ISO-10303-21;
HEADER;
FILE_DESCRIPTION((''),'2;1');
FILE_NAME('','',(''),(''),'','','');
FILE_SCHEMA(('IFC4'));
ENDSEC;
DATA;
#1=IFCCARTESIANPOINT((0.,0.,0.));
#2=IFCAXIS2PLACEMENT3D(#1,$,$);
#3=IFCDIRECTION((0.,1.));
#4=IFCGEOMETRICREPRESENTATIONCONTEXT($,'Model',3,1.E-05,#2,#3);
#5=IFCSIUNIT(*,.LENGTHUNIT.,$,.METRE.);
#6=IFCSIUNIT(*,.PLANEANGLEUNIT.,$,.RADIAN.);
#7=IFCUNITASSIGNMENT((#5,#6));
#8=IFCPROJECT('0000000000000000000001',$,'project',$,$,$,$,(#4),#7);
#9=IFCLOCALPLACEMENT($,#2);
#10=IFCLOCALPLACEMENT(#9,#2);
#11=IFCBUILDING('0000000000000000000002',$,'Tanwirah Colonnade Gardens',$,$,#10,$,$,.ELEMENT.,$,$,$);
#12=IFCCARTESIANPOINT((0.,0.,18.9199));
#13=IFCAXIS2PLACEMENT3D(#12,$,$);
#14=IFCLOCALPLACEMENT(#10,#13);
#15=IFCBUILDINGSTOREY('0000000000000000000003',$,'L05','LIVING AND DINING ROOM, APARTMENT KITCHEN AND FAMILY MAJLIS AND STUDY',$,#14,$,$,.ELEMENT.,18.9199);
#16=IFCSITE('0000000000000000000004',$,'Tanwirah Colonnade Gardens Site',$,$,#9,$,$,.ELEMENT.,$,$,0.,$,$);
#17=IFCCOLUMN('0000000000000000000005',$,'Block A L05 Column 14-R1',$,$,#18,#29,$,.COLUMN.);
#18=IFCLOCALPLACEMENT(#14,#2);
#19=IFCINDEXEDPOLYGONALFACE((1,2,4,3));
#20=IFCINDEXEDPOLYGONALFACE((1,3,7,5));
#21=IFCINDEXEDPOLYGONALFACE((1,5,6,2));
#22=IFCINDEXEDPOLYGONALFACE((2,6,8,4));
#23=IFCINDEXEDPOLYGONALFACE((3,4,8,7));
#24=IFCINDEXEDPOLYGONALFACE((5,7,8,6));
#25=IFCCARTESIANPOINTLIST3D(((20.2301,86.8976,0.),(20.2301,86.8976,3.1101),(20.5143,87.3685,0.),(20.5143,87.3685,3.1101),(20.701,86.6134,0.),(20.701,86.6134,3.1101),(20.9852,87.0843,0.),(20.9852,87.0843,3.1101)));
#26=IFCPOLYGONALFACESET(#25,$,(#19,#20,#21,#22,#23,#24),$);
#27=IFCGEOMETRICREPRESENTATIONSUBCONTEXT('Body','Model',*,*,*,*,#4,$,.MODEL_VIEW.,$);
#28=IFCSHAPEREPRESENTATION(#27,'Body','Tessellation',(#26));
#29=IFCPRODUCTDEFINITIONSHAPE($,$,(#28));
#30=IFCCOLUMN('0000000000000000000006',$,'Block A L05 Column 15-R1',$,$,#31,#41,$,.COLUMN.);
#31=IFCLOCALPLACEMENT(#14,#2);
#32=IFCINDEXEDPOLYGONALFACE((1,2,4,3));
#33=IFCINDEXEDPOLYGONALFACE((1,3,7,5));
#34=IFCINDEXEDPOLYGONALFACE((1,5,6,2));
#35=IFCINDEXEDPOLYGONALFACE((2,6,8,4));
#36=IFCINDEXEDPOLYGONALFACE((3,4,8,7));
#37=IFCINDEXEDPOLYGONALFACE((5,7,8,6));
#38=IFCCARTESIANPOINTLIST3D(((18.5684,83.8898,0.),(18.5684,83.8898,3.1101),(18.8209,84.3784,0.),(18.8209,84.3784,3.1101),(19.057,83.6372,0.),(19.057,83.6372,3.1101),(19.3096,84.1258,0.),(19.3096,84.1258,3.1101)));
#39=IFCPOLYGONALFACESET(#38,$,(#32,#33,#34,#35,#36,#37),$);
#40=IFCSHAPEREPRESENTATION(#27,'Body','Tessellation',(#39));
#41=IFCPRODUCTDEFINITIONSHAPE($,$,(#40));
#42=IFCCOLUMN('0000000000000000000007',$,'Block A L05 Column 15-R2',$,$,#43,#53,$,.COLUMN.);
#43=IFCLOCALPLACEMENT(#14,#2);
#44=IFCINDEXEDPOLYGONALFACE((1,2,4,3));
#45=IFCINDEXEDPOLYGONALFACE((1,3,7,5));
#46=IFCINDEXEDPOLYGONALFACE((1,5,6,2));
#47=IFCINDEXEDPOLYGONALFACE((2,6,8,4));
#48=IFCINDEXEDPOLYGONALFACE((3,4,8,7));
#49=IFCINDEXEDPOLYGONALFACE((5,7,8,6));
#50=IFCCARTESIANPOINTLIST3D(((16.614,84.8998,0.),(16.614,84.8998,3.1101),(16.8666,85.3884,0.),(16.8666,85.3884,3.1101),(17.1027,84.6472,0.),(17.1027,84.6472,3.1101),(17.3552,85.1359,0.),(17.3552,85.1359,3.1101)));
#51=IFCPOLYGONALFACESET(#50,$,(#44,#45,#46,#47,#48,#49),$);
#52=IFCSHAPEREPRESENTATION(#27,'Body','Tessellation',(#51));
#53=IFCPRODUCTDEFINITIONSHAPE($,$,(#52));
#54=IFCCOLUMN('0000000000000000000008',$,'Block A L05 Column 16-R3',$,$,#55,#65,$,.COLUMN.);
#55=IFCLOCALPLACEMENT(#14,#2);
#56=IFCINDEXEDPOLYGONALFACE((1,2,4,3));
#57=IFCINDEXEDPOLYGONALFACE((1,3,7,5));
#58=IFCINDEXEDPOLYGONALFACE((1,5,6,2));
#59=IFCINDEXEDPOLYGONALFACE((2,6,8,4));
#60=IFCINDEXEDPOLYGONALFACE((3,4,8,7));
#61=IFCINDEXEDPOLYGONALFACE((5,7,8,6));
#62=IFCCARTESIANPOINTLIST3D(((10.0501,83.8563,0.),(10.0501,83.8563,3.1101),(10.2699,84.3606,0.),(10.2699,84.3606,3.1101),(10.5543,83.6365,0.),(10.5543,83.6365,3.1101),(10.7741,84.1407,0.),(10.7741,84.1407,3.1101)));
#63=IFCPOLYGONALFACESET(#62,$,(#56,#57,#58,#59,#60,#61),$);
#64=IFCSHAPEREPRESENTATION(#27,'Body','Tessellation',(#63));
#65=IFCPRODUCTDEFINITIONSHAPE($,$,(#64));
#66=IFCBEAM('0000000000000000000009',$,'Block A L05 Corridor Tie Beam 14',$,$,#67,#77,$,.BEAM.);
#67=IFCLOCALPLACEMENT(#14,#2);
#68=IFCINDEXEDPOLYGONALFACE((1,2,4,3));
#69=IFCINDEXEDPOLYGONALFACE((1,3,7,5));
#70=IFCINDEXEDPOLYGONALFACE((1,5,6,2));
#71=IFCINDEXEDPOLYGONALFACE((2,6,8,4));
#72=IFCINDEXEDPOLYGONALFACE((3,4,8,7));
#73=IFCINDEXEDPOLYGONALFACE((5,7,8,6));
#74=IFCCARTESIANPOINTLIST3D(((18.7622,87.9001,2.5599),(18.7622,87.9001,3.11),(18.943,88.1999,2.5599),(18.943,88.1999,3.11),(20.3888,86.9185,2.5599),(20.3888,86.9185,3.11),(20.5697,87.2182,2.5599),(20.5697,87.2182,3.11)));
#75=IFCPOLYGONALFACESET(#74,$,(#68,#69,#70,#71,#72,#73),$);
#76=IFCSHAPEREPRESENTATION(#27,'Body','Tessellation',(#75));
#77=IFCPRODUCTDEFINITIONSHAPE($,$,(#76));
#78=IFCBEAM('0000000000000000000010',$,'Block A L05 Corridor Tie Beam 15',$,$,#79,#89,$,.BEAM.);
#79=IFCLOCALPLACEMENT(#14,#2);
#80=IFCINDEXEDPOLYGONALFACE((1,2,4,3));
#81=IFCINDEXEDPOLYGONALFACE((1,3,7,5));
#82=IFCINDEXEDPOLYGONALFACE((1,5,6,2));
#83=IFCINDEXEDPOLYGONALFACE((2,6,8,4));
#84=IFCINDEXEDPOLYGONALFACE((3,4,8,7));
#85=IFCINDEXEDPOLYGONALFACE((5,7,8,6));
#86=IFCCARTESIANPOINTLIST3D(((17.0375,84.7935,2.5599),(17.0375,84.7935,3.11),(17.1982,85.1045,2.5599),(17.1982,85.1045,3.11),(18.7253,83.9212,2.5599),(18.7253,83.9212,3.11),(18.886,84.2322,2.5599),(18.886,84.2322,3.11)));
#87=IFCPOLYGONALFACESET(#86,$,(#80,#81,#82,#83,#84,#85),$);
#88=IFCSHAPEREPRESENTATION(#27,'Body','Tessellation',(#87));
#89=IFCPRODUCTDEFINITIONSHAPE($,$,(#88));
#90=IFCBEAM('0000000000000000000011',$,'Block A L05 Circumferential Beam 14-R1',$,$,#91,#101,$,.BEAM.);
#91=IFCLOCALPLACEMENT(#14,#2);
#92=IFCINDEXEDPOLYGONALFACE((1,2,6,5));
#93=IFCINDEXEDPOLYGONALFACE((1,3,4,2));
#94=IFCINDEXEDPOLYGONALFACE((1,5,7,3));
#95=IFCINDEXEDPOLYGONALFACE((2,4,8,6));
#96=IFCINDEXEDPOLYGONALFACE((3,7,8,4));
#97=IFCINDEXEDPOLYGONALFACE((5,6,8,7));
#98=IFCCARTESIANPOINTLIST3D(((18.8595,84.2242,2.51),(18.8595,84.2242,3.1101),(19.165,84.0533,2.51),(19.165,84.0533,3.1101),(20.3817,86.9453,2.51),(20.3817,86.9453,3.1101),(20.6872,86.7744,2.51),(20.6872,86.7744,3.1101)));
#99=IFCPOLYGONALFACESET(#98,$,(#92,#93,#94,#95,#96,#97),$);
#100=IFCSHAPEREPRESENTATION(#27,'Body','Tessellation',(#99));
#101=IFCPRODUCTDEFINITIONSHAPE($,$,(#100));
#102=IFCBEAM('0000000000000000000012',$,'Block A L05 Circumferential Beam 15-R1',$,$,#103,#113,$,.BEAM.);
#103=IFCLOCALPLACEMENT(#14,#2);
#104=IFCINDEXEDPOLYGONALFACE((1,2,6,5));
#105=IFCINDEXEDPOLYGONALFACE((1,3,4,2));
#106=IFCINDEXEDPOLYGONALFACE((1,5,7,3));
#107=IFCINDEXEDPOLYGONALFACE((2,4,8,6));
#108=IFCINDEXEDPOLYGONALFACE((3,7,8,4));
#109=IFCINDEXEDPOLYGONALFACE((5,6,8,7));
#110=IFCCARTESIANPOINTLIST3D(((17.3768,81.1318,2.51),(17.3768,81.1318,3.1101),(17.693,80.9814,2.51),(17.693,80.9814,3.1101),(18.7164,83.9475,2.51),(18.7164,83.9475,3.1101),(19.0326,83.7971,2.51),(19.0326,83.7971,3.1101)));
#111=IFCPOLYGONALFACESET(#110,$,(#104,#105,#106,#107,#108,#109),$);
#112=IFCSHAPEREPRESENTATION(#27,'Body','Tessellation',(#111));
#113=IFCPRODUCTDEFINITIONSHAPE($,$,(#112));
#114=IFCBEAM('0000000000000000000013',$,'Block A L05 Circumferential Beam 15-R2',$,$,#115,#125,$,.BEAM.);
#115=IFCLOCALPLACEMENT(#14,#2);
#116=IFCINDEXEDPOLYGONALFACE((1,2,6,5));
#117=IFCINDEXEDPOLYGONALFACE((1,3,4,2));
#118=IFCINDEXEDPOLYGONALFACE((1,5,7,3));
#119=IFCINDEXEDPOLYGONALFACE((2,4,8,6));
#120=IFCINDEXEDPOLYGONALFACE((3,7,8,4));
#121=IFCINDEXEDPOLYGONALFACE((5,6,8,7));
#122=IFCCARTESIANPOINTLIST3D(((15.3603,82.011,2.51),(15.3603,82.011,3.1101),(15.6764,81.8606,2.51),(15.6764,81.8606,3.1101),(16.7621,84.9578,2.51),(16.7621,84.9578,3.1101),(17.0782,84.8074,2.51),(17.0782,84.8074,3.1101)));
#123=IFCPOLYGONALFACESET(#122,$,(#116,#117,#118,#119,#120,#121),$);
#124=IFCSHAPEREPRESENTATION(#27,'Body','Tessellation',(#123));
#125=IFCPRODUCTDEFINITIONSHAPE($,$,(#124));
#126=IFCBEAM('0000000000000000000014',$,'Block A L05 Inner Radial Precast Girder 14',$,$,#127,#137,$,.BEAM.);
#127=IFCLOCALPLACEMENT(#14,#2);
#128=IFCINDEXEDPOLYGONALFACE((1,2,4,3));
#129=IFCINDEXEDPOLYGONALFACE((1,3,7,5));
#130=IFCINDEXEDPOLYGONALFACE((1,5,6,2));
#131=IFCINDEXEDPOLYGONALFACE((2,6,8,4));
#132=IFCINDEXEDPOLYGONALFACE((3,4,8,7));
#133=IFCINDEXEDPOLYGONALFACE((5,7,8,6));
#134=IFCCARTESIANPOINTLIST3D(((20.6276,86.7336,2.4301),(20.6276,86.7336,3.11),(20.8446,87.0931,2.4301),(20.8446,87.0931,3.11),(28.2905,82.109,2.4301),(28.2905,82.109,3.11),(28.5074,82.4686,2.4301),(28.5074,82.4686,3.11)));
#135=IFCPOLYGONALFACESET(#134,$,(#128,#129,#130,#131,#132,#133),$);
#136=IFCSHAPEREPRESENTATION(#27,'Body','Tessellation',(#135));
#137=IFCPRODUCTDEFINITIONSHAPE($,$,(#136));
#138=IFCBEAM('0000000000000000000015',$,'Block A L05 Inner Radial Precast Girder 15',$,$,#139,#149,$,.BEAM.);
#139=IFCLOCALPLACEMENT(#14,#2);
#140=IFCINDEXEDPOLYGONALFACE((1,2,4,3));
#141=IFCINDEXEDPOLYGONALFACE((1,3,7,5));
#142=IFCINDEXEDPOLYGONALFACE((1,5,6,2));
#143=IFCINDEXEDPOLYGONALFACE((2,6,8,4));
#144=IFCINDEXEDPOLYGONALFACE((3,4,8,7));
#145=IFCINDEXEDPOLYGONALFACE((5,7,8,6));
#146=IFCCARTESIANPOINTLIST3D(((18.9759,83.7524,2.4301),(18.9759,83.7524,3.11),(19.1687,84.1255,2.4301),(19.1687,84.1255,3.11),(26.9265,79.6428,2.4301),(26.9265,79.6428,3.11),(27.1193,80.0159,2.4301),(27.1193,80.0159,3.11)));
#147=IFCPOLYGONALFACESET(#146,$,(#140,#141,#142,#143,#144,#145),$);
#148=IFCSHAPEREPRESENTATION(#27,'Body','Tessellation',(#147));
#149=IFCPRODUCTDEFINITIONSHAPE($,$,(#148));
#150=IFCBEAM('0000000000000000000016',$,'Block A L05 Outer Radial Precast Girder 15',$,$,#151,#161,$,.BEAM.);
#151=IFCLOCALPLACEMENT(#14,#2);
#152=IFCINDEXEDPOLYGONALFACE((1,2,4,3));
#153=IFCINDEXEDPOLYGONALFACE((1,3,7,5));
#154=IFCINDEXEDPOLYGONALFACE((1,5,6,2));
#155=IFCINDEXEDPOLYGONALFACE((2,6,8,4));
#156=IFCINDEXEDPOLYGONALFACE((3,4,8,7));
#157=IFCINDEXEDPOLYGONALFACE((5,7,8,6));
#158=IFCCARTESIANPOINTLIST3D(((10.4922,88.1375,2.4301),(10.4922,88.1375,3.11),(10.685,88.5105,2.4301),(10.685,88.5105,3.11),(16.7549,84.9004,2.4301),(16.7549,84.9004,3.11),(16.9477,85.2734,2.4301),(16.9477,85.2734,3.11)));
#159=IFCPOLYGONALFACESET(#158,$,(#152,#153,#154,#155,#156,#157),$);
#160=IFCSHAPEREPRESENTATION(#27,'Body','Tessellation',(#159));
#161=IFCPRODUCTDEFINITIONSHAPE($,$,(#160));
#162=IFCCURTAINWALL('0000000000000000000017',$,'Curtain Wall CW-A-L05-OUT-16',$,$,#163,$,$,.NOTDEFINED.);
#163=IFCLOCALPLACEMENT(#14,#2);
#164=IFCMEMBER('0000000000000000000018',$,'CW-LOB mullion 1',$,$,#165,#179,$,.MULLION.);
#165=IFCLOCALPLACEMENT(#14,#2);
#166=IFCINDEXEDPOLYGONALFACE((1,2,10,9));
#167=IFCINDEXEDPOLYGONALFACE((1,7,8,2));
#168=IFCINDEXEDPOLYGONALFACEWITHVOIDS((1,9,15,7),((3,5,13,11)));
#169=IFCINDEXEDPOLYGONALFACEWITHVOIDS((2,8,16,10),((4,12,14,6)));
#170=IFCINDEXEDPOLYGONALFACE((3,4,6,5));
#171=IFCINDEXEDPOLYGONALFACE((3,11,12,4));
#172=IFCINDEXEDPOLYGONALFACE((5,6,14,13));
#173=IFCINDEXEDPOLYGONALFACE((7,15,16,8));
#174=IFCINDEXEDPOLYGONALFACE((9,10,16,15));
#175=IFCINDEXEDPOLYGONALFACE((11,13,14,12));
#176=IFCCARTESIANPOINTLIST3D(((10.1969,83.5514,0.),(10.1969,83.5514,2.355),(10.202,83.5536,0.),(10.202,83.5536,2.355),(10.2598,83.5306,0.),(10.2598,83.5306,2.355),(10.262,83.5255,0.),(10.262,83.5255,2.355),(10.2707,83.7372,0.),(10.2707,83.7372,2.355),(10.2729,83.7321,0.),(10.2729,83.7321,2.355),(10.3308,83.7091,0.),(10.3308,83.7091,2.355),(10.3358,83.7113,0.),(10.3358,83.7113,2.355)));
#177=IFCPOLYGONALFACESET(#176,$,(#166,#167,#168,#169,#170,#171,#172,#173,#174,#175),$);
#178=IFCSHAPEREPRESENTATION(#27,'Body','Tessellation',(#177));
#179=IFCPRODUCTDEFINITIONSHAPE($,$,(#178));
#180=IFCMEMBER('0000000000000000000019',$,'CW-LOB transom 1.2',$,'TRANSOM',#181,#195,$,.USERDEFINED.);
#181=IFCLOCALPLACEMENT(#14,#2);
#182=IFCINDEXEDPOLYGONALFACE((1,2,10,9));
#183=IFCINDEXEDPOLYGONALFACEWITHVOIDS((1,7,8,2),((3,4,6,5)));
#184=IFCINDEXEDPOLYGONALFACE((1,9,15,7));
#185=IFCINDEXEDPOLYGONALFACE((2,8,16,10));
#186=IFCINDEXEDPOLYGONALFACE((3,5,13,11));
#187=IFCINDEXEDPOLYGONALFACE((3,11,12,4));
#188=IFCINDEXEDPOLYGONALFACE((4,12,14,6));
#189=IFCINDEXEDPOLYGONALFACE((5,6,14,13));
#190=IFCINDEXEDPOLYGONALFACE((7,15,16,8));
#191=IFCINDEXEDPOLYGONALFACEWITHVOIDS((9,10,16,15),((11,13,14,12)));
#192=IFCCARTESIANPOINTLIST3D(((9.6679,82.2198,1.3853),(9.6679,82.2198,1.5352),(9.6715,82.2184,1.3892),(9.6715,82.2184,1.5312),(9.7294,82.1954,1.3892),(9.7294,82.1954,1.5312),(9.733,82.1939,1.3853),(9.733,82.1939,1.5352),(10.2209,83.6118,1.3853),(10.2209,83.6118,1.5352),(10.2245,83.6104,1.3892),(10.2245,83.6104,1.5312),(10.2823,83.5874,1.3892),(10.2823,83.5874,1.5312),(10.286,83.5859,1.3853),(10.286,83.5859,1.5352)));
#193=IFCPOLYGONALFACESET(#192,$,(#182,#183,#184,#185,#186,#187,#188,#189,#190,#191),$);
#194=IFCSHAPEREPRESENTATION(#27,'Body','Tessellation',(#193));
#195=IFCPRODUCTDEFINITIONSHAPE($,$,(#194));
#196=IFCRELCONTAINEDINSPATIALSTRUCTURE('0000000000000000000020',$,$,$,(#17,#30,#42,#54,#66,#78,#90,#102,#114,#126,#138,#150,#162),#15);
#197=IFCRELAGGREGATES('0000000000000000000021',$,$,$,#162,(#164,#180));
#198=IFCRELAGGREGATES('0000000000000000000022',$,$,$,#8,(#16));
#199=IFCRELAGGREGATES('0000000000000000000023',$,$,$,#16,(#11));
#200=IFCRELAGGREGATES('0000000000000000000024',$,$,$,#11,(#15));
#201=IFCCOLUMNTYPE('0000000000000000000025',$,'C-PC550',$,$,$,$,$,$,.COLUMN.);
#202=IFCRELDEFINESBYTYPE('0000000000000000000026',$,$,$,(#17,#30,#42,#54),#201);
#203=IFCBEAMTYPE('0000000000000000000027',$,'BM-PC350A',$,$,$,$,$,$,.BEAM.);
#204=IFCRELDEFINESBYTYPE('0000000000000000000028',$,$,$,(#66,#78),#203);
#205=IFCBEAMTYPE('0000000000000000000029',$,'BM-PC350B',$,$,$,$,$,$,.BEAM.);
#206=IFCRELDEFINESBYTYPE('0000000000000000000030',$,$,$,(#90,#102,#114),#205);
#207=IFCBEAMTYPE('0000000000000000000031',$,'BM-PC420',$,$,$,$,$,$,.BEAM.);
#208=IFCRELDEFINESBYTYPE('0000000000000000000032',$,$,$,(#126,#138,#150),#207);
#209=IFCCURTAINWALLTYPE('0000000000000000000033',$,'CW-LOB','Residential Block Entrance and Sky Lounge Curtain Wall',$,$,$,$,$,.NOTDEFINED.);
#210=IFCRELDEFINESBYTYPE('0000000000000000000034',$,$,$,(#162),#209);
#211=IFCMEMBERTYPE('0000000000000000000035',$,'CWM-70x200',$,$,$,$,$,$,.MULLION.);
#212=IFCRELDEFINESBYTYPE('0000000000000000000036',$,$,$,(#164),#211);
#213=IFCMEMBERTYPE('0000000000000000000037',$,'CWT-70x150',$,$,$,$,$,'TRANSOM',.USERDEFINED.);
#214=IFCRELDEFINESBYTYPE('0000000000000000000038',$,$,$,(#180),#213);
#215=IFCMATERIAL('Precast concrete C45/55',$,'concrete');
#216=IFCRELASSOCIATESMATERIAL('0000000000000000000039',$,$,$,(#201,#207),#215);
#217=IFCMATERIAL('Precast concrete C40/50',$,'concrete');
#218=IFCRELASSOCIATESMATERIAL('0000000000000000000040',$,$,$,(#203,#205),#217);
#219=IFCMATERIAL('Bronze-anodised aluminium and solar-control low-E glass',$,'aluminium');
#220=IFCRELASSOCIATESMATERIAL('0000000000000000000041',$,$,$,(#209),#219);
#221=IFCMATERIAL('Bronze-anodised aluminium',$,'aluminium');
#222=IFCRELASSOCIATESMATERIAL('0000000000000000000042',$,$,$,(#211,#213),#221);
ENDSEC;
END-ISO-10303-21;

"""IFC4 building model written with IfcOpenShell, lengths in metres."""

from ifc_helpers import new_model, si_unit, direction, frame, origin, origin_2d, place, context, subcontext, project, spatial, rectangle, hollow_rectangle, extrude, material, material_profile, profile_set, type_object, element, aggregate, save


model = new_model("IFC4")

# Units and contexts
model_context = context("Model", 3, precision=1e-05, world=origin(), true_north=direction((0.0, 1.0)))
body_context = subcontext(model_context, "Body", "Model", "MODEL_VIEW")
ifc_project = project(units=[si_unit("LENGTHUNIT", "METRE"), si_unit("PLANEANGLEUNIT", "RADIAN")], contexts=[model_context])

# Site, building, storey
site_placement = place(None, origin())
site = spatial("IfcSite", under=ifc_project, at=site_placement, Name="Tanwirah Colonnade Gardens Site", CompositionType="ELEMENT", RefElevation=0.0)
building_placement = place(site_placement, origin())
building = spatial("IfcBuilding", under=site, at=building_placement, Name="Tanwirah Colonnade Gardens", CompositionType="ELEMENT")
storey_placement = place(building_placement, frame((0.0, 0.0, 18.9199)))
storey = spatial("IfcBuildingStorey", under=building, at=storey_placement, Name="L05", Description="LIVING AND DINING ROOM, APARTMENT KITCHEN AND FAMILY MAJLIS AND STUDY", CompositionType="ELEMENT", Elevation=18.9199)

# Columns
ifc_material_1 = material(Name="Precast concrete C45/55", Category="concrete")
ifc_material_profile_1 = material_profile(ifc_material_1, rectangle(XDim=0.55, YDim=0.55, at=origin_2d()), Name="PC-COL 550x550")
ifc_profile_set_1 = profile_set([ifc_material_profile_1], Name="Precast concrete C45/55")
column_type = type_object("IfcColumnType", Name="C-PC550", PredefinedType="COLUMN", material=ifc_profile_set_1)
for number, where, z_axis, x_axis, name in (
    (1, (20.6077, 86.991, 0.0), (0.0, 0.0, 1.0), (-0.856167, 0.516699, 0.0), "Block A L05 Column 14-R1"),
    (2, (18.939, 84.0078, 0.0), (0.0, 0.0, 1.0), (-0.88835, 0.459166, 0.0), "Block A L05 Column 15-R1"),
    (3, (16.9846, 85.0178, 0.0), (0.0, 0.0, 1.0), (-0.88835, 0.459166, 0.0), "Block A L05 Column 15-R2"),
    (4, (10.4121, 83.9985, 0.0), (0.0, 0.0, 1.0), (-0.916673, 0.399638, 0.0), "Block A L05 Column 16-R3"),
):
    element("IfcColumn", number, at=place(storey_placement, frame(where, z_axis=z_axis, x_axis=x_axis)), inside=storey, type_object=column_type, Name=name, PredefinedType="COLUMN", context=body_context, shape_type="SweptSolid", body=[
        extrude(rectangle(XDim=0.55, YDim=0.55, at=origin_2d()), origin(), (0.0, 0.0, 1.0), 3.1101),
    ])

# Beams
ifc_material_2 = material(Name="Precast concrete C40/50", Category="concrete")
ifc_material_profile_2 = material_profile(ifc_material_2, rectangle(XDim=0.3501, YDim=0.55, at=origin_2d()), Name="PC-BM 350x550")
ifc_profile_set_2 = profile_set([ifc_material_profile_2], Name="Precast concrete C40/50")
beam_type_1 = type_object("IfcBeamType", Name="BM-PC350A", PredefinedType="BEAM", material=ifc_profile_set_2)
for number, where, z_axis, x_axis, name in (
    (5, (20.4792, 87.0684, 2.835), (-0.856175, 0.516686, 0.0), (-0.516686, -0.856175, 0.0), "Block A L05 Corridor Tie Beam 14"),
    (6, (18.8057, 84.0767, 2.835), (-0.888359, 0.45915, 0.0), (-0.45915, -0.888359, 0.0), "Block A L05 Corridor Tie Beam 15"),
):
    element("IfcBeam", number, at=place(storey_placement, frame(where, z_axis=z_axis, x_axis=x_axis)), inside=storey, type_object=beam_type_1, Name=name, PredefinedType="BEAM", context=body_context, shape_type="SweptSolid", body=[
        extrude(rectangle(XDim=0.3501, YDim=0.55, at=origin_2d()), origin(), (0.0, 0.0, 1.0), 1.8999),
    ])
ifc_material_profile_3 = material_profile(ifc_material_2, rectangle(XDim=0.3501, YDim=0.6001, at=origin_2d()), Name="PC-BM 350x600")
ifc_profile_set_3 = profile_set([ifc_material_profile_3], Name="Precast concrete C40/50")
beam_type_2 = type_object("IfcBeamType", Name="BM-PC350B", PredefinedType="BEAM", material=ifc_profile_set_3)
beam_1_placement = place(storey_placement, frame((20.5344, 86.8599, 2.8101), z_axis=(-0.4882, -0.872732, 0.0), x_axis=(0.872732, -0.4882, 0.0)))
element("IfcBeam", 7, at=beam_1_placement, inside=storey, type_object=beam_type_2, Name="Block A L05 Circumferential Beam 14-R1", PredefinedType="BEAM", context=body_context, shape_type="SweptSolid", body=[
    extrude(rectangle(XDim=0.3501, YDim=0.6001, at=origin_2d()), origin(), (0.0, 0.0, 1.0), 3.1179),
])
beam_2_placement = place(storey_placement, frame((18.8745, 83.8723, 2.8101), z_axis=(-0.429621, -0.90301, 0.0), x_axis=(0.90301, -0.429621, 0.0)))
element("IfcBeam", 8, at=beam_2_placement, inside=storey, type_object=beam_type_2, Name="Block A L05 Circumferential Beam 15-R1", PredefinedType="BEAM", context=body_context, shape_type="SweptSolid", body=[
    extrude(rectangle(XDim=0.3501, YDim=0.6001, at=origin_2d()), origin(), (0.0, 0.0, 1.0), 3.1182),
])
beam_3_placement = place(storey_placement, frame((16.9202, 84.8826, 2.8101), z_axis=(-0.429591, -0.903024, 0.0), x_axis=(0.903024, -0.429591, 0.0)))
element("IfcBeam", 9, at=beam_3_placement, inside=storey, type_object=beam_type_2, Name="Block A L05 Circumferential Beam 15-R2", PredefinedType="BEAM", context=body_context, shape_type="SweptSolid", body=[
    extrude(rectangle(XDim=0.3501, YDim=0.6001, at=origin_2d()), origin(), (0.0, 0.0, 1.0), 3.2632),
])
ifc_material_profile_4 = material_profile(ifc_material_1, rectangle(XDim=0.4199, YDim=0.6799, at=origin_2d()), Name="PC-BM 420x680")
ifc_profile_set_4 = profile_set([ifc_material_profile_4], Name="Precast concrete C45/55")
beam_type_3 = type_object("IfcBeamType", Name="BM-PC420", PredefinedType="BEAM", material=ifc_profile_set_4)
beam_4_placement = place(storey_placement, frame((20.7361, 86.9133, 2.77), z_axis=(0.856169, -0.516696, 0.0), x_axis=(0.516696, 0.856169, 0.0)))
element("IfcBeam", 10, at=beam_4_placement, inside=storey, type_object=beam_type_3, Name="Block A L05 Inner Radial Precast Girder 14", PredefinedType="BEAM", context=body_context, shape_type="SweptSolid", body=[
    extrude(rectangle(XDim=0.4199, YDim=0.6799, at=origin_2d()), origin(), (0.0, 0.0, 1.0), 8.9502),
])
beam_5_placement = place(storey_placement, frame((19.0723, 83.939, 2.77), z_axis=(0.888345, -0.459176, 0.0), x_axis=(0.459176, 0.888345, 0.0)))
element("IfcBeam", 11, at=beam_5_placement, inside=storey, type_object=beam_type_3, Name="Block A L05 Inner Radial Precast Girder 15", PredefinedType="BEAM", context=body_context, shape_type="SweptSolid", body=[
    extrude(rectangle(XDim=0.4199, YDim=0.6799, at=origin_2d()), origin(), (0.0, 0.0, 1.0), 8.95),
])
beam_6_placement = place(storey_placement, frame((16.8513, 85.0869, 2.77), z_axis=(-0.888349, 0.459169, 0.0), x_axis=(-0.459169, -0.888349, 0.0)))
element("IfcBeam", 12, at=beam_6_placement, inside=storey, type_object=beam_type_3, Name="Block A L05 Outer Radial Precast Girder 15", PredefinedType="BEAM", context=body_context, shape_type="SweptSolid", body=[
    extrude(rectangle(XDim=0.4199, YDim=0.6799, at=origin_2d()), origin(), (0.0, 0.0, 1.0), 7.0498),
])

# Curtain wall, members
ifc_material_3 = material(Name="Bronze-anodised aluminium and solar-control low-E glass", Category="aluminium")
curtain_wall_type = type_object("IfcCurtainWallType", Name="CW-LOB", Description="Residential Block Entrance and Sky Lounge Curtain Wall", PredefinedType="NOTDEFINED", material=ifc_material_3)
curtain_wall_placement = place(storey_placement, origin())
curtain_wall = element("IfcCurtainWall", 13, at=curtain_wall_placement, inside=storey, type_object=curtain_wall_type, Name="Curtain Wall CW-A-L05-OUT-16", PredefinedType="NOTDEFINED")
ifc_material_4 = material(Name="Bronze-anodised aluminium", Category="aluminium")
ifc_material_profile_5 = material_profile(ifc_material_4, hollow_rectangle(XDim=0.0701, YDim=0.2, WallThickness=0.0039, at=origin_2d()), Name="CW-MUL 70x200x4")
ifc_profile_set_5 = profile_set([ifc_material_profile_5], Name="Bronze-anodised aluminium")
member_type_1 = type_object("IfcMemberType", Name="CWM-70x200", PredefinedType="MULLION", material=ifc_profile_set_5)
member_1_placement = place(storey_placement, frame((10.2664, 83.6313, 0.0), z_axis=(0.0, 0.0, 1.0), x_axis=(0.929347, -0.369208, 0.0)))
member_1 = element("IfcMember", 14, at=member_1_placement, type_object=member_type_1, Name="CW-LOB mullion 1", PredefinedType="MULLION", context=body_context, shape_type="SweptSolid", body=[
    extrude(hollow_rectangle(XDim=0.0701, YDim=0.2, WallThickness=0.0039, at=origin_2d()), origin(), (0.0, 0.0, 1.0), 2.355),
])
ifc_material_profile_6 = material_profile(ifc_material_4, hollow_rectangle(XDim=0.0701, YDim=0.1499, WallThickness=0.0039, at=origin_2d()), Name="CW-TRN 70x150x4")
ifc_profile_set_6 = profile_set([ifc_material_profile_6], Name="Bronze-anodised aluminium")
member_type_2 = type_object("IfcMemberType", Name="CWT-70x150", ElementType="TRANSOM", PredefinedType="USERDEFINED", material=ifc_profile_set_6)
member_2_placement = place(storey_placement, frame((10.2534, 83.5989, 1.4602), z_axis=(-0.36917, -0.929362, 0.0), x_axis=(0.929362, -0.36917, 0.0)))
member_2 = element("IfcMember", 15, at=member_2_placement, type_object=member_type_2, Name="CW-LOB transom 1.2", ObjectType="TRANSOM", PredefinedType="USERDEFINED", context=body_context, shape_type="SweptSolid", body=[
    extrude(hollow_rectangle(XDim=0.0701, YDim=0.1499, WallThickness=0.0039, at=origin_2d()), origin(), (0.0, 0.0, 1.0), 1.4978),
])
aggregate(curtain_wall, [member_1, member_2])

save(model, "model.ifc")
